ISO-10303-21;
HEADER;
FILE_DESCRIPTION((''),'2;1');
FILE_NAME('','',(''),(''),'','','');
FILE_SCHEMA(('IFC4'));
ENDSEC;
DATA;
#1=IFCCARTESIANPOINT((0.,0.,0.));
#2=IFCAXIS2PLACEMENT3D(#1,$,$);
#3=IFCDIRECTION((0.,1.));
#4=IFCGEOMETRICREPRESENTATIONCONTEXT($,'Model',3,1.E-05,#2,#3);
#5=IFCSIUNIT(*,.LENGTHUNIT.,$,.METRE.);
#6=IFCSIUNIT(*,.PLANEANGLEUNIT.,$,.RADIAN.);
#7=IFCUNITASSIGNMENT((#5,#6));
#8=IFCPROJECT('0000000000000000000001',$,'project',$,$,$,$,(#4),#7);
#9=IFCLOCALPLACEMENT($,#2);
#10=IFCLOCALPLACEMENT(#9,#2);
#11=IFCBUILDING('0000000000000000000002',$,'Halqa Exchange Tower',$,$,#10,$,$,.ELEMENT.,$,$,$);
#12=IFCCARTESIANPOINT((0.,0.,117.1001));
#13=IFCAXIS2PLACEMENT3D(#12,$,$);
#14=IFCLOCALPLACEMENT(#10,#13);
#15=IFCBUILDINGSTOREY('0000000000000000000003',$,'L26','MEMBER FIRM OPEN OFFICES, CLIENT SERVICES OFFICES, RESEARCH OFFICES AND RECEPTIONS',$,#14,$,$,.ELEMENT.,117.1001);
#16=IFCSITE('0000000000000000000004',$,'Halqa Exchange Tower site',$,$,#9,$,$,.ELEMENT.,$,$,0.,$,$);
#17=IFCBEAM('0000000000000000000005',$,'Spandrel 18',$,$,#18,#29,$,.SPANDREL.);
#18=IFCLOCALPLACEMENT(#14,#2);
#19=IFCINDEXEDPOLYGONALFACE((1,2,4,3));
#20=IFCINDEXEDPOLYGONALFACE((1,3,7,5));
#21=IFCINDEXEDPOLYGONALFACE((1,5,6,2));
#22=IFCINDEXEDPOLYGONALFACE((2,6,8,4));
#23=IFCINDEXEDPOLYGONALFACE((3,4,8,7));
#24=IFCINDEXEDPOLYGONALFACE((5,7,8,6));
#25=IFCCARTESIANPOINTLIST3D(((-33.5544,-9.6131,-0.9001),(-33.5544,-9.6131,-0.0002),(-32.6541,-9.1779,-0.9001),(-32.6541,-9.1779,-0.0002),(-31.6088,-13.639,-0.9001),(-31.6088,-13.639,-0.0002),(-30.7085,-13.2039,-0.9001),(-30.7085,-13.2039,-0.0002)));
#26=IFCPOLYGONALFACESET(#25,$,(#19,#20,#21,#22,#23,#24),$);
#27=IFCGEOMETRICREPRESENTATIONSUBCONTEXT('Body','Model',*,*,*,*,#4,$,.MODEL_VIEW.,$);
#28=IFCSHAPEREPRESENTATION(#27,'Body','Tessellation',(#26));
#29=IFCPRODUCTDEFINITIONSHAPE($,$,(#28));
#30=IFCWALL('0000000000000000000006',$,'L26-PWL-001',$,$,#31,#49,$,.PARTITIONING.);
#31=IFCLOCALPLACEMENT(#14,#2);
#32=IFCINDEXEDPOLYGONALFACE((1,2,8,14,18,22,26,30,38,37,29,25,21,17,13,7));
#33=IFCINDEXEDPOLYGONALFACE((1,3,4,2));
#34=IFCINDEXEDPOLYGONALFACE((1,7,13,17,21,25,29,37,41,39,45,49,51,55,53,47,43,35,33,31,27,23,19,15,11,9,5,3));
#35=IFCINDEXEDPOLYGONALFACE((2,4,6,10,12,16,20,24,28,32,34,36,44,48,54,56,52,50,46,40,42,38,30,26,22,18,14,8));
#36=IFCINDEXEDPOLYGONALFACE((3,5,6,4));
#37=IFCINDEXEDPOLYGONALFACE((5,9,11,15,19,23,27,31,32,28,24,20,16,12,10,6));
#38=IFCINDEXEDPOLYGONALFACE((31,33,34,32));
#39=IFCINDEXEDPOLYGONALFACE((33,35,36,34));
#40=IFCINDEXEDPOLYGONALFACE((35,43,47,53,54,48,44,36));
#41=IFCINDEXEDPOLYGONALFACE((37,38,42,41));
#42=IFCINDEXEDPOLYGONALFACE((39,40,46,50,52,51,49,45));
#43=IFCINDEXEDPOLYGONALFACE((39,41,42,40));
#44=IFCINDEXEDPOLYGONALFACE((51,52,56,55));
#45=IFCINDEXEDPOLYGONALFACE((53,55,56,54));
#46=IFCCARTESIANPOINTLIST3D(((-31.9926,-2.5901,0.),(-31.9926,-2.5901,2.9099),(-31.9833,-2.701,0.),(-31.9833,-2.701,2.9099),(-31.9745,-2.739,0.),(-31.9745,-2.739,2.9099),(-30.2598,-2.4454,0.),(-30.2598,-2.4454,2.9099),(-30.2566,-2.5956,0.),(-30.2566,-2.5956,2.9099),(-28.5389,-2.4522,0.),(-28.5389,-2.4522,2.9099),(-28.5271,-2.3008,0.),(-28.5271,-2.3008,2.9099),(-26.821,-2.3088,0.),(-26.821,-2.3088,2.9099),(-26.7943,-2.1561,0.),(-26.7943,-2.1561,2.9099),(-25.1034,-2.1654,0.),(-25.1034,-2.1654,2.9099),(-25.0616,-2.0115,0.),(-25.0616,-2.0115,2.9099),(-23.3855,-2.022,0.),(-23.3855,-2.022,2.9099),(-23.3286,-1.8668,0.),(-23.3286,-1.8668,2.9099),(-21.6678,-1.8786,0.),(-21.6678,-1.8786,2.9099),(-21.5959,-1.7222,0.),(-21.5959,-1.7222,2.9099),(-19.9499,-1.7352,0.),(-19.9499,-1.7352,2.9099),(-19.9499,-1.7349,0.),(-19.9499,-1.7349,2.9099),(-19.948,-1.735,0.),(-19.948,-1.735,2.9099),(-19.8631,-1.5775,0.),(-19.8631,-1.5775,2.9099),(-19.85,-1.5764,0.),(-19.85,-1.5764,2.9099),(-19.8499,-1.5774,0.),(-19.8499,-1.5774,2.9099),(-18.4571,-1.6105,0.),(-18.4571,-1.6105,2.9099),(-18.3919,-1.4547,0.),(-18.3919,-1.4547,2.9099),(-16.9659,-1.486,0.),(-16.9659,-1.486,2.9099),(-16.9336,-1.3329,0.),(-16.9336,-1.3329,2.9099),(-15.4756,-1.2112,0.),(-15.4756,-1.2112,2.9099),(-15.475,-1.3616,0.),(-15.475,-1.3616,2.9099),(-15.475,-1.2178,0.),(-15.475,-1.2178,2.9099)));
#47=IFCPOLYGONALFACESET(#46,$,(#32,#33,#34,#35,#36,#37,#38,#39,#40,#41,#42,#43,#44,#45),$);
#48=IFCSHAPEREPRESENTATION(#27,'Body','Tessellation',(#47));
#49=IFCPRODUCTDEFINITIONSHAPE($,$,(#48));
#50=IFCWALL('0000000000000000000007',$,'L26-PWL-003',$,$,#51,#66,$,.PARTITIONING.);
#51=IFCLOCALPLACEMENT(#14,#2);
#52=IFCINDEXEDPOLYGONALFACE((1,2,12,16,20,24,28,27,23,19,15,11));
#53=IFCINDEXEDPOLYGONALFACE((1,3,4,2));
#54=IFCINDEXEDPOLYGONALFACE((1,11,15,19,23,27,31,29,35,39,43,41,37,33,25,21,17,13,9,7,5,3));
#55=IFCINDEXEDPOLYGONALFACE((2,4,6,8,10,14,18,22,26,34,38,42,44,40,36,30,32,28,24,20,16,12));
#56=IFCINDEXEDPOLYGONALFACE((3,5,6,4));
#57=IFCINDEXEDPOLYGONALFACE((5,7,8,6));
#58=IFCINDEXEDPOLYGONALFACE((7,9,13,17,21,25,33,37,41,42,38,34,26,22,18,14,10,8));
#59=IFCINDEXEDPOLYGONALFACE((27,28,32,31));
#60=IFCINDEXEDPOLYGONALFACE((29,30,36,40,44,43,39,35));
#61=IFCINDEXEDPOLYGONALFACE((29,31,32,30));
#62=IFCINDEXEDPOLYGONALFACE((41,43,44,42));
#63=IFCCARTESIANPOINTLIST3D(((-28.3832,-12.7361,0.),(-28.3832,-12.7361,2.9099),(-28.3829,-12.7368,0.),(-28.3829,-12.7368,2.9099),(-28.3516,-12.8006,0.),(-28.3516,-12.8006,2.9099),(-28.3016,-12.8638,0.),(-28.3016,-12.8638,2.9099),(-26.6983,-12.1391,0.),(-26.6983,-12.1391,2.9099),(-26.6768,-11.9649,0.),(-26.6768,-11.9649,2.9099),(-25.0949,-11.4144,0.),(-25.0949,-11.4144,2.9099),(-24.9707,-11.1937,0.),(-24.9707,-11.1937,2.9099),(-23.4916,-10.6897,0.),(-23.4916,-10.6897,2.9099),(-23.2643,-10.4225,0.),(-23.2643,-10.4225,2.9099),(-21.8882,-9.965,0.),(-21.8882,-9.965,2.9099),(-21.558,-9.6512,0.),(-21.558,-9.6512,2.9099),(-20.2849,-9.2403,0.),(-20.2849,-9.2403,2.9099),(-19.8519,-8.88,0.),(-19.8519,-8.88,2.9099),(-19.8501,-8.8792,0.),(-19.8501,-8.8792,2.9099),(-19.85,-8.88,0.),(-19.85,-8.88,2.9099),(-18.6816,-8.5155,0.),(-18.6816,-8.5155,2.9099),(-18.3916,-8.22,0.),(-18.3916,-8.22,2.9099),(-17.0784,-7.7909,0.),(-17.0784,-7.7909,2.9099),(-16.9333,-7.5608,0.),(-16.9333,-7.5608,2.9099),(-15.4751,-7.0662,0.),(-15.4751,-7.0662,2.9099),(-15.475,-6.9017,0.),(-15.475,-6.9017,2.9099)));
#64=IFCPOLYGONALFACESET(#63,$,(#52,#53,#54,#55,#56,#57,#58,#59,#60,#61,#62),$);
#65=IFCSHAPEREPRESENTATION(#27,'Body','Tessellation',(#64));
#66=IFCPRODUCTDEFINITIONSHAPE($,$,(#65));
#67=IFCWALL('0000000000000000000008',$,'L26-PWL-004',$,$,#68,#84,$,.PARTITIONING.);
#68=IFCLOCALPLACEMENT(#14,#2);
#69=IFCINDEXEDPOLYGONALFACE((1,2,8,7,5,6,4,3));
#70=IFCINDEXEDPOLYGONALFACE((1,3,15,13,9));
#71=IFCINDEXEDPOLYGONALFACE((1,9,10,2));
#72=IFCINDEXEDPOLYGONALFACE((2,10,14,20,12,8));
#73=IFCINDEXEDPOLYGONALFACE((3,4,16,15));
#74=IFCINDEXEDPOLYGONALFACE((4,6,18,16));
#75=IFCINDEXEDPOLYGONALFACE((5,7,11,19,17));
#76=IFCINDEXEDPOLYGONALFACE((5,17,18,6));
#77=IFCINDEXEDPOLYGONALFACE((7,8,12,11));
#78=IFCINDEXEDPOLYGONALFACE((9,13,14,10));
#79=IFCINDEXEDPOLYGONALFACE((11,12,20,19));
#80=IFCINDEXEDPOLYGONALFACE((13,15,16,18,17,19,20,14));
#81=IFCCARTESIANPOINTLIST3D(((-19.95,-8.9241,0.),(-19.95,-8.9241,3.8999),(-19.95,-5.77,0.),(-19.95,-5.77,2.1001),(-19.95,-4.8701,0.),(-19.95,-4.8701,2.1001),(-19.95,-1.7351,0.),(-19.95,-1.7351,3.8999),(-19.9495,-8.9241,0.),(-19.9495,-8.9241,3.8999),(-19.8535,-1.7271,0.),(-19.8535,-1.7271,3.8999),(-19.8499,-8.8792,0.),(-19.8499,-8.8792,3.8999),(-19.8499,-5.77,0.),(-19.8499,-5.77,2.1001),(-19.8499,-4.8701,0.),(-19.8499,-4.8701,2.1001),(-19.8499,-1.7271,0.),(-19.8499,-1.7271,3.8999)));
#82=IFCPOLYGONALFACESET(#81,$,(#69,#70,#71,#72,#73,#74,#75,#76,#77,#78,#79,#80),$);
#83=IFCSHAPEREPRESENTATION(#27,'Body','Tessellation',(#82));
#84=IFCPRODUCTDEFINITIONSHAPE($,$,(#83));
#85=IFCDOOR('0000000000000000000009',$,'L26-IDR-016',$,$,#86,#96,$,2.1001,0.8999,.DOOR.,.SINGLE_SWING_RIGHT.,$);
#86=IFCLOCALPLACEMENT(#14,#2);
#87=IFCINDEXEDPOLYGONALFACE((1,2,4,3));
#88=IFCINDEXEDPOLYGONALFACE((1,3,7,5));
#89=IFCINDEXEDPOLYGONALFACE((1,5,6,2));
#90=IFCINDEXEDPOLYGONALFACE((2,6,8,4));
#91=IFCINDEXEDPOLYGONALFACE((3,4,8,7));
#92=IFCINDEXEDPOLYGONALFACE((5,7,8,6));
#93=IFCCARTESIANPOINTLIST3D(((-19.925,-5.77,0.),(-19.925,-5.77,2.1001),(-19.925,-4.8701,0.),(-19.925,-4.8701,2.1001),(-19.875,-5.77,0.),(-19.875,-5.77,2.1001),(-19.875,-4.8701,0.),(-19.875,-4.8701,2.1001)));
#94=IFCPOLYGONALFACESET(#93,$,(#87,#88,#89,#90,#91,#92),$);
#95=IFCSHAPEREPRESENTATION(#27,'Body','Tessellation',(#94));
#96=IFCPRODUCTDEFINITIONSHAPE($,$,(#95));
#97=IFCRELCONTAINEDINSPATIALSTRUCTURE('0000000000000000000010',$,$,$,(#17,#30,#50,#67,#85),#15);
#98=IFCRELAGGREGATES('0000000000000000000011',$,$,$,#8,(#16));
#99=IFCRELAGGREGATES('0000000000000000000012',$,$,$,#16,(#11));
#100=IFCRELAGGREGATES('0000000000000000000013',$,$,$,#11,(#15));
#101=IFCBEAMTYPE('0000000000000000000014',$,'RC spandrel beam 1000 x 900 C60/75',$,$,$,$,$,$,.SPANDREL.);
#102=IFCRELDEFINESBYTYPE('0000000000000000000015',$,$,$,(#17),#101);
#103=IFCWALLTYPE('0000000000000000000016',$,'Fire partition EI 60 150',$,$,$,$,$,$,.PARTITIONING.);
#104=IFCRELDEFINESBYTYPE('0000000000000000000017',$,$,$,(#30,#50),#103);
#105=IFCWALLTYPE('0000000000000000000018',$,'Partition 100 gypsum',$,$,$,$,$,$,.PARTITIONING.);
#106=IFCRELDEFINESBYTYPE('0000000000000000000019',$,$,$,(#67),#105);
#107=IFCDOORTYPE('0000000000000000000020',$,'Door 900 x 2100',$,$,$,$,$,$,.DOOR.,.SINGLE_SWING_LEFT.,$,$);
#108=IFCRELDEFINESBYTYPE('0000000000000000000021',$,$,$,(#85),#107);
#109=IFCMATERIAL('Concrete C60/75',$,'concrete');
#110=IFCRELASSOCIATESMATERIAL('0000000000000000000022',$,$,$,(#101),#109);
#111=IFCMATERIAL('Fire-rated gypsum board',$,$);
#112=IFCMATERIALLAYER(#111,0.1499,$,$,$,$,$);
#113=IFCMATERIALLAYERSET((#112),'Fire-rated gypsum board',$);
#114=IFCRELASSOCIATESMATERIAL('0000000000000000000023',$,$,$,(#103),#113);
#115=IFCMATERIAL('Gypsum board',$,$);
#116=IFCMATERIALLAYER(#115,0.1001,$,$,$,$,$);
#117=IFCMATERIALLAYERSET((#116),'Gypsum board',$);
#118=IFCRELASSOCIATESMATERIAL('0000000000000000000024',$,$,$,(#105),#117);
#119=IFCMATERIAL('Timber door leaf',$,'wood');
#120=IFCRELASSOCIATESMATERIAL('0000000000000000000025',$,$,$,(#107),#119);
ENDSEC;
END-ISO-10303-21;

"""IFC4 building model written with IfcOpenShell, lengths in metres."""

from ifc_helpers import new_model, si_unit, direction, frame, frame_2d, origin, origin_2d, place, context, subcontext, project, spatial, polyline, rectangle, outline, extrude, material, layer, layer_set, material_profile, profile_set, type_object, element, fill, save


model = new_model("IFC4")

# Units and contexts
model_context = context("Model", 3, precision=1e-05, world=origin(), true_north=direction((0.0, 1.0)))
body_context = subcontext(model_context, "Body", "Model", "MODEL_VIEW")
ifc_project = project(units=[si_unit("LENGTHUNIT", "METRE"), si_unit("PLANEANGLEUNIT", "RADIAN")], contexts=[model_context])

# Site, building, storey
site_placement = place(None, origin())
site = spatial("IfcSite", under=ifc_project, at=site_placement, Name="Halqa Exchange Tower site", CompositionType="ELEMENT", RefElevation=0.0)
building_placement = place(site_placement, origin())
building = spatial("IfcBuilding", under=site, at=building_placement, Name="Halqa Exchange Tower", CompositionType="ELEMENT")
storey_placement = place(building_placement, frame((0.0, 0.0, 117.1001)))
storey = spatial("IfcBuildingStorey", under=building, at=storey_placement, Name="L26", Description="MEMBER FIRM OPEN OFFICES, CLIENT SERVICES OFFICES, RESEARCH OFFICES AND RECEPTIONS", CompositionType="ELEMENT", Elevation=117.1001)

# Beam
ifc_material_1 = material(Name="Concrete C60/75", Category="concrete")
ifc_material_profile_1 = material_profile(ifc_material_1, rectangle(XDim=1.0, YDim=0.8999, at=origin_2d()), Name="1000 x 900")
ifc_profile_set_1 = profile_set([ifc_material_profile_1], Name="Concrete C60/75")
beam_type_1 = type_object("IfcBeamType", Name="RC spandrel beam 1000 x 900 C60/75", PredefinedType="SPANDREL", material=ifc_profile_set_1)
beam_1_placement = place(storey_placement, frame((-33.1042, -9.3955, -0.4502), z_axis=(0.435117, -0.900374, 0.0), x_axis=(0.900374, 0.435117, 0.0)))
element("IfcBeam", 1, at=beam_1_placement, inside=storey, type_object=beam_type_1, Name="Spandrel 18", PredefinedType="SPANDREL", context=body_context, shape_type="SweptSolid", body=[
    extrude(rectangle(XDim=1.0, YDim=0.8999, at=origin_2d()), origin(), (0.0, 0.0, 1.0), 4.4714),
])

# Walls
ifc_material_2 = material(Name="Fire-rated gypsum board")
ifc_layer_1 = layer(ifc_material_2, 0.1499)
ifc_layer_set_1 = layer_set([ifc_layer_1], Name="Fire-rated gypsum board")
wall_type_1 = type_object("IfcWallType", Name="Fire partition EI 60 150", PredefinedType="PARTITIONING", material=ifc_layer_set_1)
wall_1_placement = place(storey_placement, frame((-31.9863, -2.6648, 0.0), z_axis=(0.0, 0.0, 1.0), x_axis=(0.996533, 0.083194, 0.0)))
element("IfcWall", 2, at=wall_1_placement, inside=storey, type_object=wall_type_1, Name="L26-PWL-001", PredefinedType="PARTITIONING", context=body_context, shape_type="SweptSolid", body=[
    extrude(outline(polyline([(0.0056, -0.075), (1.7295, -0.075), (3.4531, -0.075), (5.177, -0.075), (6.9006, -0.075), (8.6245, -0.075), (10.3481, -0.075), (12.072, -0.075), (12.072, -0.0747), (12.074, -0.075), (13.5701, -0.075), (15.0664, -0.075), (16.5625, -0.075), (16.5745, 0.0684), (16.5745, 0.075), (15.1113, 0.075), (13.6479, 0.075), (12.1848, 0.075), (12.1848, 0.074), (12.1716, 0.075), (10.4329, 0.075), (8.6941, 0.075), (6.9551, 0.075), (5.2163, 0.075), (3.4775, 0.075), (1.7388, 0.075), (0.0, 0.075), (0.0, -0.0364), (0.0056, -0.075)])), origin(), (0.0, 0.0, 1.0), 2.9099),
])
wall_2_placement = place(storey_placement, frame((-28.3523, -12.8044, 0.0), z_axis=(0.0, 0.0, 1.0), x_axis=(0.911239, 0.411878, 0.0)))
element("IfcWall", 3, at=wall_2_placement, inside=storey, type_object=wall_type_1, Name="L26-PWL-003", PredefinedType="PARTITIONING", context=body_context, shape_type="SweptSolid", body=[
    extrude(outline(polyline([(0.0217, -0.075), (1.7812, -0.075), (3.5408, -0.075), (5.3003, -0.075), (7.0598, -0.075), (8.8193, -0.075), (10.5789, -0.075), (12.3381, -0.075), (14.0977, -0.075), (14.1655, 0.075), (12.5652, 0.075), (10.9648, 0.075), (9.3643, 0.075), (9.364, 0.0742), (9.3623, 0.075), (7.49, 0.075), (5.6174, 0.075), (3.7449, 0.075), (1.8726, 0.075), (0.0, 0.075), (0.0, 0.0742), (0.0022, 0.0032), (0.0217, -0.075)])), origin(), (0.0, 0.0, 1.0), 2.9099),
])

# Wall, opening, door
ifc_material_3 = material(Name="Gypsum board")
ifc_layer_2 = layer(ifc_material_3, 0.1001)
ifc_layer_set_2 = layer_set([ifc_layer_2], Name="Gypsum board")
wall_type_2 = type_object("IfcWallType", Name="Partition 100 gypsum", PredefinedType="PARTITIONING", material=ifc_layer_set_2)
wall_3_placement = place(storey_placement, frame((-19.8999, -8.9241, 0.0), z_axis=(0.0, 0.0, 1.0), x_axis=(0.0, 1.0, 0.0)))
wall_3 = element("IfcWall", 4, at=wall_3_placement, inside=storey, type_object=wall_type_2, Name="L26-PWL-004", PredefinedType="PARTITIONING", context=body_context, shape_type="SweptSolid", body=[
    extrude(outline(polyline([(7.197, -0.05), (7.197, -0.0464), (7.189, 0.05), (5.3916, 0.05), (3.5945, 0.05), (1.7971, 0.05), (0.0, 0.05), (0.0, 0.0496), (0.0449, -0.05), (1.833, -0.05), (3.6211, -0.05), (5.4089, -0.05), (7.197, -0.05)])), origin(), (0.0, 0.0, 1.0), 3.8999),
])
opening_1_placement = place(wall_3_placement, frame((3.1541, 0.0, 0.0)))
opening_1 = element("IfcOpeningElement", 5, at=opening_1_placement, cuts=wall_3, PredefinedType="OPENING", context=body_context, shape_type="SweptSolid", body=[
    extrude(rectangle(XDim=0.8999, YDim=2.1001, at=frame_2d((0.45, 1.05))), frame((0.0, 0.062, 0.0), z_axis=(0.0, -1.0, 0.0), x_axis=(1.0, 0.0, 0.0)), (0.0, 0.0, 1.0), 0.124),
])
ifc_material_4 = material(Name="Timber door leaf", Category="wood")
door_type_1 = type_object("IfcDoorType", Name="Door 900 x 2100", OperationType="SINGLE_SWING_LEFT", PredefinedType="DOOR", material=ifc_material_4)
door_1_placement = place(opening_1_placement, frame((0.8999, 0.0, 0.0), z_axis=(0.0, 0.0, 1.0), x_axis=(-1.0, 0.0, 0.0)))
door_1 = element("IfcDoor", 6, at=door_1_placement, inside=storey, type_object=door_type_1, Name="L26-IDR-016", OperationType="SINGLE_SWING_RIGHT", OverallHeight=2.1001, OverallWidth=0.8999, PredefinedType="DOOR", context=body_context, shape_type="SweptSolid", body=[
    extrude(rectangle(XDim=0.8999, YDim=2.1001, at=frame_2d((0.45, 1.05))), frame((0.0, 0.0249, 0.0), z_axis=(0.0, -1.0, 0.0), x_axis=(1.0, 0.0, 0.0)), (0.0, 0.0, 1.0), 0.05),
])
fill(opening_1, door_1)

save(model, "model.ifc")
